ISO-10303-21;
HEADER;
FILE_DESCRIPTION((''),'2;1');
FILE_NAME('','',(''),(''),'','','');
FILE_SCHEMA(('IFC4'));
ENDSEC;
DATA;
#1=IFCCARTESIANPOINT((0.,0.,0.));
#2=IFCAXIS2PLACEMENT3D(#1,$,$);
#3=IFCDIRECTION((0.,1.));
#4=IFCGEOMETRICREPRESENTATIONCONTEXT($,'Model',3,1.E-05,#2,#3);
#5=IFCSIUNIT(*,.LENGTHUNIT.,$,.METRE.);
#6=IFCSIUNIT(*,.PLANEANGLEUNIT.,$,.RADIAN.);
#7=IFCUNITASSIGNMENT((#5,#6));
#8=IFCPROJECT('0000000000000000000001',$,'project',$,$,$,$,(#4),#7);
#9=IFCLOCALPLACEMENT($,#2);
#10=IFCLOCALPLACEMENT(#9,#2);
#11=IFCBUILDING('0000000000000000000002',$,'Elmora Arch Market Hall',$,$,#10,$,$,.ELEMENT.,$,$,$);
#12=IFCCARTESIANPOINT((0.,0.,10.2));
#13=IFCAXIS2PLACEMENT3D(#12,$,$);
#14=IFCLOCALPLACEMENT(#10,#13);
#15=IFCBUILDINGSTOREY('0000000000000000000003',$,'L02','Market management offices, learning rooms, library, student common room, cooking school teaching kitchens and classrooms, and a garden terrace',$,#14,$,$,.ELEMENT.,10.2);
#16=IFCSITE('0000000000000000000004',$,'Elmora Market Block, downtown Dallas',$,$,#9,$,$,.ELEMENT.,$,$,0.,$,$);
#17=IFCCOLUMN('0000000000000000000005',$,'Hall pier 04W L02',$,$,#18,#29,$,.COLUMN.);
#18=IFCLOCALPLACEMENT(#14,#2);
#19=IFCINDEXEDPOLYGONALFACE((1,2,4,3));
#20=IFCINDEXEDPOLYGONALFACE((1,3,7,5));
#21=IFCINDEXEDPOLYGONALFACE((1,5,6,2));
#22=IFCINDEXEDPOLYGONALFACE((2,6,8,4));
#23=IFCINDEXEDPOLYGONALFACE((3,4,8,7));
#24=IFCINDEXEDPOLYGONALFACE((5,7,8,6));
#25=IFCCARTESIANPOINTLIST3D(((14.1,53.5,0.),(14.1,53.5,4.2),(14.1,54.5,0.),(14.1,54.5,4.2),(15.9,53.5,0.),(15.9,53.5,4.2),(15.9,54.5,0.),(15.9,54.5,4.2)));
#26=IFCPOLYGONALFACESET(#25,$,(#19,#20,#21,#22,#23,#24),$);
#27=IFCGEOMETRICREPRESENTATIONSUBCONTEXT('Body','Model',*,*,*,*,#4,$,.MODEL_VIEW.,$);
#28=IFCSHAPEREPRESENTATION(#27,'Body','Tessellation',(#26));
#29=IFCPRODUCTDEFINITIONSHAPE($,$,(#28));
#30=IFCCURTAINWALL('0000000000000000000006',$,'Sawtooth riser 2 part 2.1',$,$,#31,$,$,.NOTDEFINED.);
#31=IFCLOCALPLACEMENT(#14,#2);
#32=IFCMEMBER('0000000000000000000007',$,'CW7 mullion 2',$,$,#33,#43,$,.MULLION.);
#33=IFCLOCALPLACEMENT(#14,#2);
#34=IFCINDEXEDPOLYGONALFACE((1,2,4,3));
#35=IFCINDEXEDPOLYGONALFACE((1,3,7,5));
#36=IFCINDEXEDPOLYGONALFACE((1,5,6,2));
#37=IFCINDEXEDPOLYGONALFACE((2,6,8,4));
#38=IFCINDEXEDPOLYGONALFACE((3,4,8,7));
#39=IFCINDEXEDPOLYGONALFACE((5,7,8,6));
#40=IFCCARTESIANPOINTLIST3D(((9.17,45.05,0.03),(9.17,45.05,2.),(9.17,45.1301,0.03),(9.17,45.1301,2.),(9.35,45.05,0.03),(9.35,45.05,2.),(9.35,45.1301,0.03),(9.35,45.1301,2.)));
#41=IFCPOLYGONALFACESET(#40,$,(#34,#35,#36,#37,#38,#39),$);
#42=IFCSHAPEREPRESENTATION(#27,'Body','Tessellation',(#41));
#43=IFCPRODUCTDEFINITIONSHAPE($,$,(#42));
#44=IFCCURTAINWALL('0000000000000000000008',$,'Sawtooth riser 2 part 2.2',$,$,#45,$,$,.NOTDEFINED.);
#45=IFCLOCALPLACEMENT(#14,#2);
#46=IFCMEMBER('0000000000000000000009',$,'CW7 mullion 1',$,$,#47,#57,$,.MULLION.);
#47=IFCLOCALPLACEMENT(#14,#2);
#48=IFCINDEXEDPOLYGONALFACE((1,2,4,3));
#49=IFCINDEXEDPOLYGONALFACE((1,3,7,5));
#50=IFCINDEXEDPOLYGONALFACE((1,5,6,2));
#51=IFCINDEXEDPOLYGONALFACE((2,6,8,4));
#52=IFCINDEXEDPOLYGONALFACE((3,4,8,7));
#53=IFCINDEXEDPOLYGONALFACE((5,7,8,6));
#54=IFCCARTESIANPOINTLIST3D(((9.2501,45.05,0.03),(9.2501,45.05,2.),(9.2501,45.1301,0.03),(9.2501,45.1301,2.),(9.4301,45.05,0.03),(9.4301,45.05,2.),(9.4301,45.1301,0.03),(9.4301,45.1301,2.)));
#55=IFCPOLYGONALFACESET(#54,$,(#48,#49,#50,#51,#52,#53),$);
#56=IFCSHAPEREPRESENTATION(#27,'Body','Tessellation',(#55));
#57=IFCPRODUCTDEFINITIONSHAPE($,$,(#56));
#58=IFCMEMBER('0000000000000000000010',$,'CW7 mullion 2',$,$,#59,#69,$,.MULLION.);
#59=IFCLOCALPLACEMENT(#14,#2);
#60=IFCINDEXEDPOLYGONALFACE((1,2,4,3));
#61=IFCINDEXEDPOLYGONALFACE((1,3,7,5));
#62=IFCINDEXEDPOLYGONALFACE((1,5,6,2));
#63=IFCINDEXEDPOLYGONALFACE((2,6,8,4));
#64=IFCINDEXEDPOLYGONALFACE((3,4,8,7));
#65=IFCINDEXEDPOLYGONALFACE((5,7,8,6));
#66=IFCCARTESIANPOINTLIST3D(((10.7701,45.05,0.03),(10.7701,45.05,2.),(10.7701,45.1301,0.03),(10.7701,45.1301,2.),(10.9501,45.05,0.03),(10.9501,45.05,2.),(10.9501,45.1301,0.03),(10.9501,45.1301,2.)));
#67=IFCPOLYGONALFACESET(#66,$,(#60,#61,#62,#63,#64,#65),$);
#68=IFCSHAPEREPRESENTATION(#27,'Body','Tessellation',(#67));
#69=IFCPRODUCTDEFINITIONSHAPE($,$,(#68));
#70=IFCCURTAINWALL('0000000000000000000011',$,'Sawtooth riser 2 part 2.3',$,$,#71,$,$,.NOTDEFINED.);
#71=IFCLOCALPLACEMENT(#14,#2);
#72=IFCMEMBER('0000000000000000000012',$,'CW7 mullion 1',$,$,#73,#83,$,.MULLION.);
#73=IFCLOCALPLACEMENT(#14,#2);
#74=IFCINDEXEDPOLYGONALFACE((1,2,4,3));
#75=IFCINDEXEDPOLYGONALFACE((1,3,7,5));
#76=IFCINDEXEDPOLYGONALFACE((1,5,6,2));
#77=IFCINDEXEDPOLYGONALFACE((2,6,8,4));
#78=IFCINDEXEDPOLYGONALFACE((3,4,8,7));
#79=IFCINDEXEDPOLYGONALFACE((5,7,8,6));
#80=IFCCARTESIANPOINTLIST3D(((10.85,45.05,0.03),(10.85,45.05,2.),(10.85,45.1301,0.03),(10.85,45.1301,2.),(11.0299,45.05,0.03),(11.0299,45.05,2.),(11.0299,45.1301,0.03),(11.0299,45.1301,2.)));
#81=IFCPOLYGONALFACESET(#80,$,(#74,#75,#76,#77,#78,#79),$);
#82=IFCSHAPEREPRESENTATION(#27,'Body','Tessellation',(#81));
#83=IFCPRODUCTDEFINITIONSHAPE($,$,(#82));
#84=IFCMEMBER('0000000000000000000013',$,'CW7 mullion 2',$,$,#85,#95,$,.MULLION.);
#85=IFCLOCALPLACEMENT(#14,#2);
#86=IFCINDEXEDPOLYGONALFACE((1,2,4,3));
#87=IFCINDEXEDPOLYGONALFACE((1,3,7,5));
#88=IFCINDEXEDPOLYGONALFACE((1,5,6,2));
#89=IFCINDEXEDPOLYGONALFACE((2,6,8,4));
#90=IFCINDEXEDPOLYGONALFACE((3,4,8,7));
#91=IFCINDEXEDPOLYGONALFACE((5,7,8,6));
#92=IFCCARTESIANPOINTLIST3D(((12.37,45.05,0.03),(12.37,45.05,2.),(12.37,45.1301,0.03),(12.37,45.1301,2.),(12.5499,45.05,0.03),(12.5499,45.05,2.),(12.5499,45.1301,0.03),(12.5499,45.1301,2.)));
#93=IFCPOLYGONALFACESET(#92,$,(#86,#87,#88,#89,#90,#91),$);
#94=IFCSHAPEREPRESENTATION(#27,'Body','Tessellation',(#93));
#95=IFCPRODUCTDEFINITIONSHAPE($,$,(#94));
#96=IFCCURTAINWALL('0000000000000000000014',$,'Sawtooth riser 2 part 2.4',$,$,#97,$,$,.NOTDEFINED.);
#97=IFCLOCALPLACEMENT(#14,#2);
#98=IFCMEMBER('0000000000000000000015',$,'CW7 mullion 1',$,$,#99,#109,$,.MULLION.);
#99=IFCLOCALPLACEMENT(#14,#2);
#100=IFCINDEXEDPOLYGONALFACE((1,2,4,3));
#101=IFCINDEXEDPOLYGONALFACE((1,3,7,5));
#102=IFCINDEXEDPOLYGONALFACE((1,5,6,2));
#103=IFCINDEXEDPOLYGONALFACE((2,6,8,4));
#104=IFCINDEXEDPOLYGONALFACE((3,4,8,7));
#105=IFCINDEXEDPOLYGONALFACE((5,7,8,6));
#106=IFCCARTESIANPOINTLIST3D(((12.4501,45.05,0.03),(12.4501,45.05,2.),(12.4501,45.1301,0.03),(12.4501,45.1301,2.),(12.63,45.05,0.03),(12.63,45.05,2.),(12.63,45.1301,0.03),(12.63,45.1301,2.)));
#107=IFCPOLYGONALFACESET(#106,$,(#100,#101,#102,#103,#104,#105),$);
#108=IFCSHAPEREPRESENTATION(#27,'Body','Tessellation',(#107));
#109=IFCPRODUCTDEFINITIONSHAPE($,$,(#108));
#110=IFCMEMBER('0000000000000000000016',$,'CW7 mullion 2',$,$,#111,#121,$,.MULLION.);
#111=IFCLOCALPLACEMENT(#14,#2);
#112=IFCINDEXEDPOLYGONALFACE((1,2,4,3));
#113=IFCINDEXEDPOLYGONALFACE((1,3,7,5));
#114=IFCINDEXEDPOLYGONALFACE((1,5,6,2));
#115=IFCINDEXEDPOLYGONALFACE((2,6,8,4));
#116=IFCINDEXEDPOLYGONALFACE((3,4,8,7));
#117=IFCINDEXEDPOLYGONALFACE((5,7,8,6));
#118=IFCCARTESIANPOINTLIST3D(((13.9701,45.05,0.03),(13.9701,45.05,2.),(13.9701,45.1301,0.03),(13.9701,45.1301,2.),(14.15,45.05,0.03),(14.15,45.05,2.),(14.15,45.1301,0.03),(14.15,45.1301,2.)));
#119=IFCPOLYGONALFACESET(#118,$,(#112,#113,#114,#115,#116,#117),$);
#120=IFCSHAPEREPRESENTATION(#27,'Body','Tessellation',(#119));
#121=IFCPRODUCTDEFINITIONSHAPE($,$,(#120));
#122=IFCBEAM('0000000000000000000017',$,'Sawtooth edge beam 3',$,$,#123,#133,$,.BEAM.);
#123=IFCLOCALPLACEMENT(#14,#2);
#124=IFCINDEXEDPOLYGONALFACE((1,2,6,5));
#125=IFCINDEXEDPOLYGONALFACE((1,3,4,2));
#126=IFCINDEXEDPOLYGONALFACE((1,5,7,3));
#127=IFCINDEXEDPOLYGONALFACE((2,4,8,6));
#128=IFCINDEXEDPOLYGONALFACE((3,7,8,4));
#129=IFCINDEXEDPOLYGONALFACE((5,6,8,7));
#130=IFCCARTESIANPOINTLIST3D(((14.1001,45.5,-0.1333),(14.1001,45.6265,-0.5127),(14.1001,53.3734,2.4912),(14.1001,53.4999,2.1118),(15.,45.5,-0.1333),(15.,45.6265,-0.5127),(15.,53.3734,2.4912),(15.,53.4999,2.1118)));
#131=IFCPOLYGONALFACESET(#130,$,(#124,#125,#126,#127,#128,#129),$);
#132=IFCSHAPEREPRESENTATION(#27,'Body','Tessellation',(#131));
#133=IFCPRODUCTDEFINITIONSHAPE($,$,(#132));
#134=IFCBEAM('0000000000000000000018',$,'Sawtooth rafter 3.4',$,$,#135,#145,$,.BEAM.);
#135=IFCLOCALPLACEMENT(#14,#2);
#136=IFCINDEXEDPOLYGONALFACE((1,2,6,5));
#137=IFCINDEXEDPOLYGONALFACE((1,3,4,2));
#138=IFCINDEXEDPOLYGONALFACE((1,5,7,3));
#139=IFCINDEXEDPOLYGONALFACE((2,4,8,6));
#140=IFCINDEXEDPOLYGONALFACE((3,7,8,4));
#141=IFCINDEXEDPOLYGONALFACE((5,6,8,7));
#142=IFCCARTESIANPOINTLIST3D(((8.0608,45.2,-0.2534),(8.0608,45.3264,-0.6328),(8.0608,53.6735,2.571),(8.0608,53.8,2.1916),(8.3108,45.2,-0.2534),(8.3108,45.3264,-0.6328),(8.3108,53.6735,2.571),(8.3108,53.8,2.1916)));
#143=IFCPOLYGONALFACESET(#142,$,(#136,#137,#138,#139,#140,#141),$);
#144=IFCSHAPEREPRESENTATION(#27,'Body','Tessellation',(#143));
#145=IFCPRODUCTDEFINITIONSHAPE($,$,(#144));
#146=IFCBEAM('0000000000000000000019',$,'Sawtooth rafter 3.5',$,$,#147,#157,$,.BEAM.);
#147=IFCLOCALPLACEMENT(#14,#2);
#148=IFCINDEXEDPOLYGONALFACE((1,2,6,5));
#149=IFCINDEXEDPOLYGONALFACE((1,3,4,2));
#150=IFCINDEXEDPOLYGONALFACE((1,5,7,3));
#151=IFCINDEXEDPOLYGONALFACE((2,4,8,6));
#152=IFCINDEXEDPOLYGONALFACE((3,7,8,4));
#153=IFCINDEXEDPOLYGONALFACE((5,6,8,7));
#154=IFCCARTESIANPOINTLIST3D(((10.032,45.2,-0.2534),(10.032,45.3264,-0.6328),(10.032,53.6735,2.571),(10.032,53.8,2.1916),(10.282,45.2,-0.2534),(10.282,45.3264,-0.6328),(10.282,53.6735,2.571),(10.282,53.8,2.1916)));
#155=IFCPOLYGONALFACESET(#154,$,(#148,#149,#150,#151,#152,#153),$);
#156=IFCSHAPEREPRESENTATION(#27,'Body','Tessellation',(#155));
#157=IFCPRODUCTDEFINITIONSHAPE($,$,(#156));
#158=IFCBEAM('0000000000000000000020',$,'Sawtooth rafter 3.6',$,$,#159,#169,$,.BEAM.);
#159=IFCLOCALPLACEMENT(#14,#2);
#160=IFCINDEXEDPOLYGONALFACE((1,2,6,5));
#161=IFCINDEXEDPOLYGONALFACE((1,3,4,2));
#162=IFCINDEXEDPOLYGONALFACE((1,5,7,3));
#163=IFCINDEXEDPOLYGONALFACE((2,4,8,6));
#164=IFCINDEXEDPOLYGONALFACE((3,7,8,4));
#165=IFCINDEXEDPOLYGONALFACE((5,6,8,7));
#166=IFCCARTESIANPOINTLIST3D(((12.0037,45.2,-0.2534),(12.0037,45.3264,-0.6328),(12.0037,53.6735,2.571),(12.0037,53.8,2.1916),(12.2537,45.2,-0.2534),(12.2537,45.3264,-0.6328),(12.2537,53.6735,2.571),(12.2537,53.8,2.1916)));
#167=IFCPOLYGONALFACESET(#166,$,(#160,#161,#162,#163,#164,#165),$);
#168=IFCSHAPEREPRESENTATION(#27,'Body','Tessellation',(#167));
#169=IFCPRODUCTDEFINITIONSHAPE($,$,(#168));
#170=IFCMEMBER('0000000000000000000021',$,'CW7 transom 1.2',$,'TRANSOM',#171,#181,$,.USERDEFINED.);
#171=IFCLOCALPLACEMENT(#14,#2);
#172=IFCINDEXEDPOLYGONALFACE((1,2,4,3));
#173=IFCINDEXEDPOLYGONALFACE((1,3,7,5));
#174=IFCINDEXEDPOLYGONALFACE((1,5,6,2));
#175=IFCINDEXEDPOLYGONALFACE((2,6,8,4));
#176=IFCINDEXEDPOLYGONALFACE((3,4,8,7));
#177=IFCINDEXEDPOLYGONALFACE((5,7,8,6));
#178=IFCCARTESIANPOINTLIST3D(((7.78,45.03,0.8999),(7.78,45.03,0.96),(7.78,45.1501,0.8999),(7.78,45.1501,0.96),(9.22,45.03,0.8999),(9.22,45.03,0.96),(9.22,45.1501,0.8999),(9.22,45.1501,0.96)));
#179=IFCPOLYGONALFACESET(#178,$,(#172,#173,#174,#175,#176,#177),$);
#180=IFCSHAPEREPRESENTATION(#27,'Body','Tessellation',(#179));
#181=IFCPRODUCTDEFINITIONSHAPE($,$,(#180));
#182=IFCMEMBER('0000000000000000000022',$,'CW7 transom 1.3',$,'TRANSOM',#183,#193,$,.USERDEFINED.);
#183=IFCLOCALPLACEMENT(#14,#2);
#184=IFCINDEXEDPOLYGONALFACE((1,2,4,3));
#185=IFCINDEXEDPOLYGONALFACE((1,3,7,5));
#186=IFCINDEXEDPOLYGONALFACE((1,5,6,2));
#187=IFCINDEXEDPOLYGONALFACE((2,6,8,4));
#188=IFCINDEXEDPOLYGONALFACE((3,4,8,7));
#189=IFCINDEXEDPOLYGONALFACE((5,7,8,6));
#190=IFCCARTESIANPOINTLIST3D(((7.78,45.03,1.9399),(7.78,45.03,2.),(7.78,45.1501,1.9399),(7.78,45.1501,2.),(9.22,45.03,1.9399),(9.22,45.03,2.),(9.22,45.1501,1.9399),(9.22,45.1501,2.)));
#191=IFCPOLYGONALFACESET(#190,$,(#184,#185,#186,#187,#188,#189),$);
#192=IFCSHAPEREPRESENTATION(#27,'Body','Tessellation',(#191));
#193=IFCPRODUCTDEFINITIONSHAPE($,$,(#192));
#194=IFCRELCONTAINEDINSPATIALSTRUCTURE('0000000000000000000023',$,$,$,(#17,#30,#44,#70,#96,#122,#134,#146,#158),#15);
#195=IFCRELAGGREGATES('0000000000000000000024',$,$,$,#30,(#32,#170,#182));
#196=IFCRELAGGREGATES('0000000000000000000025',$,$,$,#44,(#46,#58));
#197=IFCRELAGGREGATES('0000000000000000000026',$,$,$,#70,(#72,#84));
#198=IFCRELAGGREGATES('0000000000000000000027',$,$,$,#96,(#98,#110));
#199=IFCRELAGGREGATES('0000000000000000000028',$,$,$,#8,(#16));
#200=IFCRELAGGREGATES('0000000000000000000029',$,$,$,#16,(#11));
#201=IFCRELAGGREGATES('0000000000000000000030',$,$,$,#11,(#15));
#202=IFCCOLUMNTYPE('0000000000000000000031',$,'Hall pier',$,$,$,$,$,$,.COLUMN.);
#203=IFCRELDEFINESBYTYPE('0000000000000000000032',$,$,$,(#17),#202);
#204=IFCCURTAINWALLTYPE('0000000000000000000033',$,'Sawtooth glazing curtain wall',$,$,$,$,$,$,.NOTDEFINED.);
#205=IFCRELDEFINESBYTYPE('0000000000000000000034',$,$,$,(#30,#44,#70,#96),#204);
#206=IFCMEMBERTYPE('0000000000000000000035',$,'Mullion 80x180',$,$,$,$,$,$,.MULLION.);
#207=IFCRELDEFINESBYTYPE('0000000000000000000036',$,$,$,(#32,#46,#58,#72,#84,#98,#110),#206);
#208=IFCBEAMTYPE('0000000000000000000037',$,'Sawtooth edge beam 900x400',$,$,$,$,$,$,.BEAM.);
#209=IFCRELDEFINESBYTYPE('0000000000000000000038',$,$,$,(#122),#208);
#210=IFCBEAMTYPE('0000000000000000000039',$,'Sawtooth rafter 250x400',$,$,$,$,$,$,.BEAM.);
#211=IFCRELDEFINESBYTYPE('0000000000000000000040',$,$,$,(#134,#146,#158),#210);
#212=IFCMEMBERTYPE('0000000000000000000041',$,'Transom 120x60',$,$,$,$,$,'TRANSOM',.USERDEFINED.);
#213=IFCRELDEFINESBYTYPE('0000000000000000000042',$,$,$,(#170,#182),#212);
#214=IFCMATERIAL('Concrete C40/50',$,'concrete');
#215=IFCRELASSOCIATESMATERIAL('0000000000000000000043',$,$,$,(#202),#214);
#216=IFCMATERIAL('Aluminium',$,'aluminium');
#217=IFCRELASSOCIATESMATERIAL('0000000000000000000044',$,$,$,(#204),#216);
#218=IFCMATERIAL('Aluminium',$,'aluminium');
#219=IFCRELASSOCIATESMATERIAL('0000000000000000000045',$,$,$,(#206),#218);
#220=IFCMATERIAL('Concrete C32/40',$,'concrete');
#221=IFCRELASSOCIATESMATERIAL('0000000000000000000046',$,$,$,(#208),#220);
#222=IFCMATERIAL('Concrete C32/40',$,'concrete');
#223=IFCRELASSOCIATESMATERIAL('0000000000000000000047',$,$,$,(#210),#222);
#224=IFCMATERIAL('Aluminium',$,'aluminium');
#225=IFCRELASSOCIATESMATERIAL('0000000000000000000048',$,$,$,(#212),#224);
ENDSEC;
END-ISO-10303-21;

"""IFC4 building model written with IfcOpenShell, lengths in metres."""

from ifc_helpers import new_model, si_unit, direction, frame, origin, origin_2d, place, context, subcontext, project, spatial, rectangle, extrude, material, material_profile, profile_set, type_object, element, aggregate, save


model = new_model("IFC4")

# Units and contexts
model_context = context("Model", 3, precision=1e-05, world=origin(), true_north=direction((0.0, 1.0)))
body_context = subcontext(model_context, "Body", "Model", "MODEL_VIEW")
ifc_project = project(units=[si_unit("LENGTHUNIT", "METRE"), si_unit("PLANEANGLEUNIT", "RADIAN")], contexts=[model_context])

# Site, building, storey
site_placement = place(None, origin())
site = spatial("IfcSite", under=ifc_project, at=site_placement, Name="Elmora Market Block, downtown Dallas", CompositionType="ELEMENT", RefElevation=0.0)
building_placement = place(site_placement, origin())
building = spatial("IfcBuilding", under=site, at=building_placement, Name="Elmora Arch Market Hall", CompositionType="ELEMENT")
storey_placement = place(building_placement, frame((0.0, 0.0, 10.2)))
storey = spatial("IfcBuildingStorey", under=building, at=storey_placement, Name="L02", Description="Market management offices, learning rooms, library, student common room, cooking school teaching kitchens and classrooms, and a garden terrace", CompositionType="ELEMENT", Elevation=10.2)

# Column
ifc_material_1 = material(Name="Concrete C40/50", Category="concrete")
ifc_material_profile_1 = material_profile(ifc_material_1, rectangle(XDim=1.8, YDim=1.0, at=origin_2d()), Name="Hall pier")
ifc_profile_set_1 = profile_set([ifc_material_profile_1], Name="Concrete C40/50")
column_type = type_object("IfcColumnType", Name="Hall pier", PredefinedType="COLUMN", material=ifc_profile_set_1)
column_placement = place(storey_placement, frame((15.0, 54.0, 0.0), z_axis=(0.0, 0.0, 1.0), x_axis=(1.0, 0.0, 0.0)))
element("IfcColumn", 1, at=column_placement, inside=storey, type_object=column_type, Name="Hall pier 04W L02", PredefinedType="COLUMN", context=body_context, shape_type="SweptSolid", body=[
    extrude(rectangle(XDim=1.8, YDim=1.0, at=origin_2d()), origin(), (0.0, 0.0, 1.0), 4.2),
])

# Curtain wall, member
ifc_material_2 = material(Name="Aluminium", Category="aluminium")
curtain_wall_type = type_object("IfcCurtainWallType", Name="Sawtooth glazing curtain wall", PredefinedType="NOTDEFINED", material=ifc_material_2)
curtain_wall_1_placement = place(storey_placement, origin())
curtain_wall_1 = element("IfcCurtainWall", 2, at=curtain_wall_1_placement, inside=storey, type_object=curtain_wall_type, Name="Sawtooth riser 2 part 2.1", PredefinedType="NOTDEFINED")
ifc_material_3 = material(Name="Aluminium", Category="aluminium")
ifc_material_profile_2 = material_profile(ifc_material_3, rectangle(XDim=0.0801, YDim=0.1799, at=origin_2d()), Name="AL 80x180")
ifc_profile_set_2 = profile_set([ifc_material_profile_2], Name="Aluminium")
member_type_1 = type_object("IfcMemberType", Name="Mullion 80x180", PredefinedType="MULLION", material=ifc_profile_set_2)
member_1_placement = place(storey_placement, frame((9.26, 45.0901, 0.03), z_axis=(0.0, 0.0, 1.0), x_axis=(0.0, 1.0, 0.0)))
member_1 = element("IfcMember", 3, at=member_1_placement, type_object=member_type_1, Name="CW7 mullion 2", PredefinedType="MULLION", context=body_context, shape_type="SweptSolid", body=[
    extrude(rectangle(XDim=0.0801, YDim=0.1799, at=origin_2d()), origin(), (0.0, 0.0, 1.0), 1.97),
])

# Curtain walls, members
curtain_wall_2_placement = place(storey_placement, origin())
curtain_wall_2 = element("IfcCurtainWall", 4, at=curtain_wall_2_placement, inside=storey, type_object=curtain_wall_type, Name="Sawtooth riser 2 part 2.2", PredefinedType="NOTDEFINED")
member_2_placement = place(storey_placement, frame((9.3401, 45.0901, 0.03), z_axis=(0.0, 0.0, 1.0), x_axis=(0.0, 1.0, 0.0)))
member_2 = element("IfcMember", 5, at=member_2_placement, type_object=member_type_1, Name="CW7 mullion 1", PredefinedType="MULLION", context=body_context, shape_type="SweptSolid", body=[
    extrude(rectangle(XDim=0.0801, YDim=0.1799, at=origin_2d()), origin(), (0.0, 0.0, 1.0), 1.97),
])
member_3_placement = place(storey_placement, frame((10.8601, 45.0901, 0.03), z_axis=(0.0, 0.0, 1.0), x_axis=(0.0, 1.0, 0.0)))
member_3 = element("IfcMember", 6, at=member_3_placement, type_object=member_type_1, Name="CW7 mullion 2", PredefinedType="MULLION", context=body_context, shape_type="SweptSolid", body=[
    extrude(rectangle(XDim=0.0801, YDim=0.1799, at=origin_2d()), origin(), (0.0, 0.0, 1.0), 1.97),
])
curtain_wall_3_placement = place(storey_placement, origin())
curtain_wall_3 = element("IfcCurtainWall", 7, at=curtain_wall_3_placement, inside=storey, type_object=curtain_wall_type, Name="Sawtooth riser 2 part 2.3", PredefinedType="NOTDEFINED")
member_4_placement = place(storey_placement, frame((10.9399, 45.0901, 0.03), z_axis=(0.0, 0.0, 1.0), x_axis=(0.0, 1.0, 0.0)))
member_4 = element("IfcMember", 8, at=member_4_placement, type_object=member_type_1, Name="CW7 mullion 1", PredefinedType="MULLION", context=body_context, shape_type="SweptSolid", body=[
    extrude(rectangle(XDim=0.0801, YDim=0.1799, at=origin_2d()), origin(), (0.0, 0.0, 1.0), 1.97),
])
member_5_placement = place(storey_placement, frame((12.46, 45.0901, 0.03), z_axis=(0.0, 0.0, 1.0), x_axis=(0.0, 1.0, 0.0)))
member_5 = element("IfcMember", 9, at=member_5_placement, type_object=member_type_1, Name="CW7 mullion 2", PredefinedType="MULLION", context=body_context, shape_type="SweptSolid", body=[
    extrude(rectangle(XDim=0.0801, YDim=0.1799, at=origin_2d()), origin(), (0.0, 0.0, 1.0), 1.97),
])
curtain_wall_4_placement = place(storey_placement, origin())
curtain_wall_4 = element("IfcCurtainWall", 10, at=curtain_wall_4_placement, inside=storey, type_object=curtain_wall_type, Name="Sawtooth riser 2 part 2.4", PredefinedType="NOTDEFINED")
member_6_placement = place(storey_placement, frame((12.54, 45.0901, 0.03), z_axis=(0.0, 0.0, 1.0), x_axis=(0.0, 1.0, 0.0)))
member_6 = element("IfcMember", 11, at=member_6_placement, type_object=member_type_1, Name="CW7 mullion 1", PredefinedType="MULLION", context=body_context, shape_type="SweptSolid", body=[
    extrude(rectangle(XDim=0.0801, YDim=0.1799, at=origin_2d()), origin(), (0.0, 0.0, 1.0), 1.97),
])
member_7_placement = place(storey_placement, frame((14.0601, 45.0901, 0.03), z_axis=(0.0, 0.0, 1.0), x_axis=(0.0, 1.0, 0.0)))
member_7 = element("IfcMember", 12, at=member_7_placement, type_object=member_type_1, Name="CW7 mullion 2", PredefinedType="MULLION", context=body_context, shape_type="SweptSolid", body=[
    extrude(rectangle(XDim=0.0801, YDim=0.1799, at=origin_2d()), origin(), (0.0, 0.0, 1.0), 1.97),
])

# Beams
ifc_material_4 = material(Name="Concrete C32/40", Category="concrete")
ifc_material_profile_3 = material_profile(ifc_material_4, rectangle(XDim=0.8999, YDim=0.3999, at=origin_2d()), Name="Sawtooth edge beam 900x400")
ifc_profile_set_3 = profile_set([ifc_material_profile_3], Name="Concrete C32/40")
beam_type_1 = type_object("IfcBeamType", Name="Sawtooth edge beam 900x400", PredefinedType="BEAM", material=ifc_profile_set_3)
beam_placement = place(storey_placement, frame((14.55, 45.5632, -0.323), z_axis=(0.0, 0.948683, 0.316228), x_axis=(-1.0, 0.0, 0.0)))
element("IfcBeam", 13, at=beam_placement, inside=storey, type_object=beam_type_1, Name="Sawtooth edge beam 3", PredefinedType="BEAM", context=body_context, shape_type="SweptSolid", body=[
    extrude(rectangle(XDim=0.8999, YDim=0.3999, at=origin_2d()), origin(), (0.0, 0.0, 1.0), 8.2993),
])
ifc_material_5 = material(Name="Concrete C32/40", Category="concrete")
ifc_material_profile_4 = material_profile(ifc_material_5, rectangle(XDim=0.25, YDim=0.3999, at=origin_2d()), Name="Sawtooth rafter 250x400")
ifc_profile_set_4 = profile_set([ifc_material_profile_4], Name="Concrete C32/40")
beam_type_2 = type_object("IfcBeamType", Name="Sawtooth rafter 250x400", PredefinedType="BEAM", material=ifc_profile_set_4)
for number, where, z_axis, x_axis, name in (
    (14, (8.1858, 45.2632, -0.4431), (0.0, 0.948686, 0.31622), (-1.0, 0.0, 0.0), "Sawtooth rafter 3.4"),
    (15, (10.157, 45.2632, -0.4431), (0.0, 0.948686, 0.31622), (-1.0, 0.0, 0.0), "Sawtooth rafter 3.5"),
    (16, (12.1287, 45.2632, -0.4431), (0.0, 0.948686, 0.31622), (-1.0, 0.0, 0.0), "Sawtooth rafter 3.6"),
):
    element("IfcBeam", number, at=place(storey_placement, frame(where, z_axis=z_axis, x_axis=x_axis)), inside=storey, type_object=beam_type_2, Name=name, PredefinedType="BEAM", context=body_context, shape_type="SweptSolid", body=[
        extrude(rectangle(XDim=0.25, YDim=0.3999, at=origin_2d()), origin(), (0.0, 0.0, 1.0), 8.9319),
    ])

# Members
ifc_material_6 = material(Name="Aluminium", Category="aluminium")
ifc_material_profile_5 = material_profile(ifc_material_6, rectangle(XDim=0.1201, YDim=0.0601, at=origin_2d()), Name="AL 120x60")
ifc_profile_set_5 = profile_set([ifc_material_profile_5], Name="Aluminium")
member_type_2 = type_object("IfcMemberType", Name="Transom 120x60", ElementType="TRANSOM", PredefinedType="USERDEFINED", material=ifc_profile_set_5)
member_8_placement = place(storey_placement, frame((7.78, 45.0901, 0.9299), z_axis=(1.0, 0.0, 0.0), x_axis=(0.0, 1.0, 0.0)))
member_8 = element("IfcMember", 17, at=member_8_placement, type_object=member_type_2, Name="CW7 transom 1.2", ObjectType="TRANSOM", PredefinedType="USERDEFINED", context=body_context, shape_type="SweptSolid", body=[
    extrude(rectangle(XDim=0.1201, YDim=0.0601, at=origin_2d()), origin(), (0.0, 0.0, 1.0), 1.4399),
])
member_9_placement = place(storey_placement, frame((7.78, 45.0901, 1.97), z_axis=(1.0, 0.0, 0.0), x_axis=(0.0, 1.0, 0.0)))
member_9 = element("IfcMember", 18, at=member_9_placement, type_object=member_type_2, Name="CW7 transom 1.3", ObjectType="TRANSOM", PredefinedType="USERDEFINED", context=body_context, shape_type="SweptSolid", body=[
    extrude(rectangle(XDim=0.1201, YDim=0.0601, at=origin_2d()), origin(), (0.0, 0.0, 1.0), 1.4399),
])

aggregate(curtain_wall_1, [member_1, member_8, member_9])
aggregate(curtain_wall_2, [member_2, member_3])
aggregate(curtain_wall_3, [member_4, member_5])
aggregate(curtain_wall_4, [member_6, member_7])

save(model, "model.ifc")
